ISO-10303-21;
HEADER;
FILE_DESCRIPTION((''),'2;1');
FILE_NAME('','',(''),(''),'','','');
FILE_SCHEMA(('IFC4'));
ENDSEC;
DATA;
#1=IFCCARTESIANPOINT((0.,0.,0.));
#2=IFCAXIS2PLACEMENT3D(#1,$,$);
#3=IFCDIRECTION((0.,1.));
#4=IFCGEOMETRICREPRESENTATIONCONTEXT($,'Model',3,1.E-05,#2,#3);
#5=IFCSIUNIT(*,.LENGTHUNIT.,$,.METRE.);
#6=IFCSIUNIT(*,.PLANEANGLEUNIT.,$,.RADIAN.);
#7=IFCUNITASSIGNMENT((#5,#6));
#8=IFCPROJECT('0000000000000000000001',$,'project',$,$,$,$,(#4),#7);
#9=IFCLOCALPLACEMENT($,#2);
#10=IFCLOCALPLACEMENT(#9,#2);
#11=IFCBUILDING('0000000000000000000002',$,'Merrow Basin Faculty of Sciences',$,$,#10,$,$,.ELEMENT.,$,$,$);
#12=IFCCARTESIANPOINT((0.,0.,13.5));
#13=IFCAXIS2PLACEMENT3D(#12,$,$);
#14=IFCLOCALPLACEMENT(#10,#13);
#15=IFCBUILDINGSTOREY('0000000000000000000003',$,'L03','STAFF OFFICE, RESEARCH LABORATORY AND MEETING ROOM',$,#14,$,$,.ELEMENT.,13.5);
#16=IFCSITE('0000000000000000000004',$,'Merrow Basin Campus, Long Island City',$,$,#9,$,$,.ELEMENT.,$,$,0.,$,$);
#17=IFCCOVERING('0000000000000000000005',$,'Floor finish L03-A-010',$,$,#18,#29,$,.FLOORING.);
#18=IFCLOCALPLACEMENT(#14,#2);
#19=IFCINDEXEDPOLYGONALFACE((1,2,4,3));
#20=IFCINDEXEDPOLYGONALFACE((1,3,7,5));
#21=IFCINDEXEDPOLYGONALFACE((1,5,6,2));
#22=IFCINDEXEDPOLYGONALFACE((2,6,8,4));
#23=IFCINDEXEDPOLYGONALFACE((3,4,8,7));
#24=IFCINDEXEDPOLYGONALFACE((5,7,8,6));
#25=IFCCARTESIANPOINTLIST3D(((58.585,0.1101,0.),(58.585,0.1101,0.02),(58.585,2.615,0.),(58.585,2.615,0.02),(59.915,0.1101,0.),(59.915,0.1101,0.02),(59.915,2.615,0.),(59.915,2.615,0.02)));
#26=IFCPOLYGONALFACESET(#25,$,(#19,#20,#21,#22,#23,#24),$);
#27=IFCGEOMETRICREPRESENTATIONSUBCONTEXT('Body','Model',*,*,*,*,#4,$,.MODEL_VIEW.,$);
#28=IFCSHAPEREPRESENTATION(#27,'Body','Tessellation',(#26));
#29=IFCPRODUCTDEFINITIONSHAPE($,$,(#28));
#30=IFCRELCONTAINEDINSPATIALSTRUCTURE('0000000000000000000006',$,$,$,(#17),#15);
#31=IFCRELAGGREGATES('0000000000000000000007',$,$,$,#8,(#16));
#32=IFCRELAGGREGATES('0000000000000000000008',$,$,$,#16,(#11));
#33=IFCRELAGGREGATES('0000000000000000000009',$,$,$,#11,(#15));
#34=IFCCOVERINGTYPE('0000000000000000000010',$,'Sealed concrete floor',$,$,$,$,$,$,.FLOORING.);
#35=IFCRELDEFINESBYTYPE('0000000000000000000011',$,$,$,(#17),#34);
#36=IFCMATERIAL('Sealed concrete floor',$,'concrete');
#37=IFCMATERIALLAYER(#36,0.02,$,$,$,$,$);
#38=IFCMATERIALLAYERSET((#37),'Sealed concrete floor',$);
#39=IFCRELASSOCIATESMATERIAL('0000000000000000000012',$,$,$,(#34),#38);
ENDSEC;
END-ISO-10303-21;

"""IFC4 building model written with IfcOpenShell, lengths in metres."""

from ifc_helpers import new_model, si_unit, direction, frame, origin, place, context, subcontext, project, spatial, polyline, outline, extrude, material, layer, layer_set, type_object, element, save


model = new_model("IFC4")

# Units and contexts
model_context = context("Model", 3, precision=1e-05, world=origin(), true_north=direction((0.0, 1.0)))
body_context = subcontext(model_context, "Body", "Model", "MODEL_VIEW")
ifc_project = project(units=[si_unit("LENGTHUNIT", "METRE"), si_unit("PLANEANGLEUNIT", "RADIAN")], contexts=[model_context])

# Site, building, storey
site_placement = place(None, origin())
site = spatial("IfcSite", under=ifc_project, at=site_placement, Name="Merrow Basin Campus, Long Island City", CompositionType="ELEMENT", RefElevation=0.0)
building_placement = place(site_placement, origin())
building = spatial("IfcBuilding", under=site, at=building_placement, Name="Merrow Basin Faculty of Sciences", CompositionType="ELEMENT")
storey_placement = place(building_placement, frame((0.0, 0.0, 13.5)))
storey = spatial("IfcBuildingStorey", under=building, at=storey_placement, Name="L03", Description="STAFF OFFICE, RESEARCH LABORATORY AND MEETING ROOM", CompositionType="ELEMENT", Elevation=13.5)

# Covering
ifc_material_1 = material(Name="Sealed concrete floor", Category="concrete")
ifc_layer_1 = layer(ifc_material_1, 0.02)
ifc_layer_set_1 = layer_set([ifc_layer_1], Name="Sealed concrete floor")
covering_type_1 = type_object("IfcCoveringType", Name="Sealed concrete floor", PredefinedType="FLOORING", material=ifc_layer_set_1)
covering_1_placement = place(storey_placement, origin())
element("IfcCovering", 1, at=covering_1_placement, inside=storey, type_object=covering_type_1, Name="Floor finish L03-A-010", PredefinedType="FLOORING", context=body_context, shape_type="SweptSolid", body=[
    extrude(outline(polyline([(58.585, 0.1101), (58.585, 2.615), (59.915, 2.615), (59.915, 0.1101), (58.585, 0.1101)])), origin(), (0.0, 0.0, 1.0), 0.02),
])

save(model, "model.ifc")
